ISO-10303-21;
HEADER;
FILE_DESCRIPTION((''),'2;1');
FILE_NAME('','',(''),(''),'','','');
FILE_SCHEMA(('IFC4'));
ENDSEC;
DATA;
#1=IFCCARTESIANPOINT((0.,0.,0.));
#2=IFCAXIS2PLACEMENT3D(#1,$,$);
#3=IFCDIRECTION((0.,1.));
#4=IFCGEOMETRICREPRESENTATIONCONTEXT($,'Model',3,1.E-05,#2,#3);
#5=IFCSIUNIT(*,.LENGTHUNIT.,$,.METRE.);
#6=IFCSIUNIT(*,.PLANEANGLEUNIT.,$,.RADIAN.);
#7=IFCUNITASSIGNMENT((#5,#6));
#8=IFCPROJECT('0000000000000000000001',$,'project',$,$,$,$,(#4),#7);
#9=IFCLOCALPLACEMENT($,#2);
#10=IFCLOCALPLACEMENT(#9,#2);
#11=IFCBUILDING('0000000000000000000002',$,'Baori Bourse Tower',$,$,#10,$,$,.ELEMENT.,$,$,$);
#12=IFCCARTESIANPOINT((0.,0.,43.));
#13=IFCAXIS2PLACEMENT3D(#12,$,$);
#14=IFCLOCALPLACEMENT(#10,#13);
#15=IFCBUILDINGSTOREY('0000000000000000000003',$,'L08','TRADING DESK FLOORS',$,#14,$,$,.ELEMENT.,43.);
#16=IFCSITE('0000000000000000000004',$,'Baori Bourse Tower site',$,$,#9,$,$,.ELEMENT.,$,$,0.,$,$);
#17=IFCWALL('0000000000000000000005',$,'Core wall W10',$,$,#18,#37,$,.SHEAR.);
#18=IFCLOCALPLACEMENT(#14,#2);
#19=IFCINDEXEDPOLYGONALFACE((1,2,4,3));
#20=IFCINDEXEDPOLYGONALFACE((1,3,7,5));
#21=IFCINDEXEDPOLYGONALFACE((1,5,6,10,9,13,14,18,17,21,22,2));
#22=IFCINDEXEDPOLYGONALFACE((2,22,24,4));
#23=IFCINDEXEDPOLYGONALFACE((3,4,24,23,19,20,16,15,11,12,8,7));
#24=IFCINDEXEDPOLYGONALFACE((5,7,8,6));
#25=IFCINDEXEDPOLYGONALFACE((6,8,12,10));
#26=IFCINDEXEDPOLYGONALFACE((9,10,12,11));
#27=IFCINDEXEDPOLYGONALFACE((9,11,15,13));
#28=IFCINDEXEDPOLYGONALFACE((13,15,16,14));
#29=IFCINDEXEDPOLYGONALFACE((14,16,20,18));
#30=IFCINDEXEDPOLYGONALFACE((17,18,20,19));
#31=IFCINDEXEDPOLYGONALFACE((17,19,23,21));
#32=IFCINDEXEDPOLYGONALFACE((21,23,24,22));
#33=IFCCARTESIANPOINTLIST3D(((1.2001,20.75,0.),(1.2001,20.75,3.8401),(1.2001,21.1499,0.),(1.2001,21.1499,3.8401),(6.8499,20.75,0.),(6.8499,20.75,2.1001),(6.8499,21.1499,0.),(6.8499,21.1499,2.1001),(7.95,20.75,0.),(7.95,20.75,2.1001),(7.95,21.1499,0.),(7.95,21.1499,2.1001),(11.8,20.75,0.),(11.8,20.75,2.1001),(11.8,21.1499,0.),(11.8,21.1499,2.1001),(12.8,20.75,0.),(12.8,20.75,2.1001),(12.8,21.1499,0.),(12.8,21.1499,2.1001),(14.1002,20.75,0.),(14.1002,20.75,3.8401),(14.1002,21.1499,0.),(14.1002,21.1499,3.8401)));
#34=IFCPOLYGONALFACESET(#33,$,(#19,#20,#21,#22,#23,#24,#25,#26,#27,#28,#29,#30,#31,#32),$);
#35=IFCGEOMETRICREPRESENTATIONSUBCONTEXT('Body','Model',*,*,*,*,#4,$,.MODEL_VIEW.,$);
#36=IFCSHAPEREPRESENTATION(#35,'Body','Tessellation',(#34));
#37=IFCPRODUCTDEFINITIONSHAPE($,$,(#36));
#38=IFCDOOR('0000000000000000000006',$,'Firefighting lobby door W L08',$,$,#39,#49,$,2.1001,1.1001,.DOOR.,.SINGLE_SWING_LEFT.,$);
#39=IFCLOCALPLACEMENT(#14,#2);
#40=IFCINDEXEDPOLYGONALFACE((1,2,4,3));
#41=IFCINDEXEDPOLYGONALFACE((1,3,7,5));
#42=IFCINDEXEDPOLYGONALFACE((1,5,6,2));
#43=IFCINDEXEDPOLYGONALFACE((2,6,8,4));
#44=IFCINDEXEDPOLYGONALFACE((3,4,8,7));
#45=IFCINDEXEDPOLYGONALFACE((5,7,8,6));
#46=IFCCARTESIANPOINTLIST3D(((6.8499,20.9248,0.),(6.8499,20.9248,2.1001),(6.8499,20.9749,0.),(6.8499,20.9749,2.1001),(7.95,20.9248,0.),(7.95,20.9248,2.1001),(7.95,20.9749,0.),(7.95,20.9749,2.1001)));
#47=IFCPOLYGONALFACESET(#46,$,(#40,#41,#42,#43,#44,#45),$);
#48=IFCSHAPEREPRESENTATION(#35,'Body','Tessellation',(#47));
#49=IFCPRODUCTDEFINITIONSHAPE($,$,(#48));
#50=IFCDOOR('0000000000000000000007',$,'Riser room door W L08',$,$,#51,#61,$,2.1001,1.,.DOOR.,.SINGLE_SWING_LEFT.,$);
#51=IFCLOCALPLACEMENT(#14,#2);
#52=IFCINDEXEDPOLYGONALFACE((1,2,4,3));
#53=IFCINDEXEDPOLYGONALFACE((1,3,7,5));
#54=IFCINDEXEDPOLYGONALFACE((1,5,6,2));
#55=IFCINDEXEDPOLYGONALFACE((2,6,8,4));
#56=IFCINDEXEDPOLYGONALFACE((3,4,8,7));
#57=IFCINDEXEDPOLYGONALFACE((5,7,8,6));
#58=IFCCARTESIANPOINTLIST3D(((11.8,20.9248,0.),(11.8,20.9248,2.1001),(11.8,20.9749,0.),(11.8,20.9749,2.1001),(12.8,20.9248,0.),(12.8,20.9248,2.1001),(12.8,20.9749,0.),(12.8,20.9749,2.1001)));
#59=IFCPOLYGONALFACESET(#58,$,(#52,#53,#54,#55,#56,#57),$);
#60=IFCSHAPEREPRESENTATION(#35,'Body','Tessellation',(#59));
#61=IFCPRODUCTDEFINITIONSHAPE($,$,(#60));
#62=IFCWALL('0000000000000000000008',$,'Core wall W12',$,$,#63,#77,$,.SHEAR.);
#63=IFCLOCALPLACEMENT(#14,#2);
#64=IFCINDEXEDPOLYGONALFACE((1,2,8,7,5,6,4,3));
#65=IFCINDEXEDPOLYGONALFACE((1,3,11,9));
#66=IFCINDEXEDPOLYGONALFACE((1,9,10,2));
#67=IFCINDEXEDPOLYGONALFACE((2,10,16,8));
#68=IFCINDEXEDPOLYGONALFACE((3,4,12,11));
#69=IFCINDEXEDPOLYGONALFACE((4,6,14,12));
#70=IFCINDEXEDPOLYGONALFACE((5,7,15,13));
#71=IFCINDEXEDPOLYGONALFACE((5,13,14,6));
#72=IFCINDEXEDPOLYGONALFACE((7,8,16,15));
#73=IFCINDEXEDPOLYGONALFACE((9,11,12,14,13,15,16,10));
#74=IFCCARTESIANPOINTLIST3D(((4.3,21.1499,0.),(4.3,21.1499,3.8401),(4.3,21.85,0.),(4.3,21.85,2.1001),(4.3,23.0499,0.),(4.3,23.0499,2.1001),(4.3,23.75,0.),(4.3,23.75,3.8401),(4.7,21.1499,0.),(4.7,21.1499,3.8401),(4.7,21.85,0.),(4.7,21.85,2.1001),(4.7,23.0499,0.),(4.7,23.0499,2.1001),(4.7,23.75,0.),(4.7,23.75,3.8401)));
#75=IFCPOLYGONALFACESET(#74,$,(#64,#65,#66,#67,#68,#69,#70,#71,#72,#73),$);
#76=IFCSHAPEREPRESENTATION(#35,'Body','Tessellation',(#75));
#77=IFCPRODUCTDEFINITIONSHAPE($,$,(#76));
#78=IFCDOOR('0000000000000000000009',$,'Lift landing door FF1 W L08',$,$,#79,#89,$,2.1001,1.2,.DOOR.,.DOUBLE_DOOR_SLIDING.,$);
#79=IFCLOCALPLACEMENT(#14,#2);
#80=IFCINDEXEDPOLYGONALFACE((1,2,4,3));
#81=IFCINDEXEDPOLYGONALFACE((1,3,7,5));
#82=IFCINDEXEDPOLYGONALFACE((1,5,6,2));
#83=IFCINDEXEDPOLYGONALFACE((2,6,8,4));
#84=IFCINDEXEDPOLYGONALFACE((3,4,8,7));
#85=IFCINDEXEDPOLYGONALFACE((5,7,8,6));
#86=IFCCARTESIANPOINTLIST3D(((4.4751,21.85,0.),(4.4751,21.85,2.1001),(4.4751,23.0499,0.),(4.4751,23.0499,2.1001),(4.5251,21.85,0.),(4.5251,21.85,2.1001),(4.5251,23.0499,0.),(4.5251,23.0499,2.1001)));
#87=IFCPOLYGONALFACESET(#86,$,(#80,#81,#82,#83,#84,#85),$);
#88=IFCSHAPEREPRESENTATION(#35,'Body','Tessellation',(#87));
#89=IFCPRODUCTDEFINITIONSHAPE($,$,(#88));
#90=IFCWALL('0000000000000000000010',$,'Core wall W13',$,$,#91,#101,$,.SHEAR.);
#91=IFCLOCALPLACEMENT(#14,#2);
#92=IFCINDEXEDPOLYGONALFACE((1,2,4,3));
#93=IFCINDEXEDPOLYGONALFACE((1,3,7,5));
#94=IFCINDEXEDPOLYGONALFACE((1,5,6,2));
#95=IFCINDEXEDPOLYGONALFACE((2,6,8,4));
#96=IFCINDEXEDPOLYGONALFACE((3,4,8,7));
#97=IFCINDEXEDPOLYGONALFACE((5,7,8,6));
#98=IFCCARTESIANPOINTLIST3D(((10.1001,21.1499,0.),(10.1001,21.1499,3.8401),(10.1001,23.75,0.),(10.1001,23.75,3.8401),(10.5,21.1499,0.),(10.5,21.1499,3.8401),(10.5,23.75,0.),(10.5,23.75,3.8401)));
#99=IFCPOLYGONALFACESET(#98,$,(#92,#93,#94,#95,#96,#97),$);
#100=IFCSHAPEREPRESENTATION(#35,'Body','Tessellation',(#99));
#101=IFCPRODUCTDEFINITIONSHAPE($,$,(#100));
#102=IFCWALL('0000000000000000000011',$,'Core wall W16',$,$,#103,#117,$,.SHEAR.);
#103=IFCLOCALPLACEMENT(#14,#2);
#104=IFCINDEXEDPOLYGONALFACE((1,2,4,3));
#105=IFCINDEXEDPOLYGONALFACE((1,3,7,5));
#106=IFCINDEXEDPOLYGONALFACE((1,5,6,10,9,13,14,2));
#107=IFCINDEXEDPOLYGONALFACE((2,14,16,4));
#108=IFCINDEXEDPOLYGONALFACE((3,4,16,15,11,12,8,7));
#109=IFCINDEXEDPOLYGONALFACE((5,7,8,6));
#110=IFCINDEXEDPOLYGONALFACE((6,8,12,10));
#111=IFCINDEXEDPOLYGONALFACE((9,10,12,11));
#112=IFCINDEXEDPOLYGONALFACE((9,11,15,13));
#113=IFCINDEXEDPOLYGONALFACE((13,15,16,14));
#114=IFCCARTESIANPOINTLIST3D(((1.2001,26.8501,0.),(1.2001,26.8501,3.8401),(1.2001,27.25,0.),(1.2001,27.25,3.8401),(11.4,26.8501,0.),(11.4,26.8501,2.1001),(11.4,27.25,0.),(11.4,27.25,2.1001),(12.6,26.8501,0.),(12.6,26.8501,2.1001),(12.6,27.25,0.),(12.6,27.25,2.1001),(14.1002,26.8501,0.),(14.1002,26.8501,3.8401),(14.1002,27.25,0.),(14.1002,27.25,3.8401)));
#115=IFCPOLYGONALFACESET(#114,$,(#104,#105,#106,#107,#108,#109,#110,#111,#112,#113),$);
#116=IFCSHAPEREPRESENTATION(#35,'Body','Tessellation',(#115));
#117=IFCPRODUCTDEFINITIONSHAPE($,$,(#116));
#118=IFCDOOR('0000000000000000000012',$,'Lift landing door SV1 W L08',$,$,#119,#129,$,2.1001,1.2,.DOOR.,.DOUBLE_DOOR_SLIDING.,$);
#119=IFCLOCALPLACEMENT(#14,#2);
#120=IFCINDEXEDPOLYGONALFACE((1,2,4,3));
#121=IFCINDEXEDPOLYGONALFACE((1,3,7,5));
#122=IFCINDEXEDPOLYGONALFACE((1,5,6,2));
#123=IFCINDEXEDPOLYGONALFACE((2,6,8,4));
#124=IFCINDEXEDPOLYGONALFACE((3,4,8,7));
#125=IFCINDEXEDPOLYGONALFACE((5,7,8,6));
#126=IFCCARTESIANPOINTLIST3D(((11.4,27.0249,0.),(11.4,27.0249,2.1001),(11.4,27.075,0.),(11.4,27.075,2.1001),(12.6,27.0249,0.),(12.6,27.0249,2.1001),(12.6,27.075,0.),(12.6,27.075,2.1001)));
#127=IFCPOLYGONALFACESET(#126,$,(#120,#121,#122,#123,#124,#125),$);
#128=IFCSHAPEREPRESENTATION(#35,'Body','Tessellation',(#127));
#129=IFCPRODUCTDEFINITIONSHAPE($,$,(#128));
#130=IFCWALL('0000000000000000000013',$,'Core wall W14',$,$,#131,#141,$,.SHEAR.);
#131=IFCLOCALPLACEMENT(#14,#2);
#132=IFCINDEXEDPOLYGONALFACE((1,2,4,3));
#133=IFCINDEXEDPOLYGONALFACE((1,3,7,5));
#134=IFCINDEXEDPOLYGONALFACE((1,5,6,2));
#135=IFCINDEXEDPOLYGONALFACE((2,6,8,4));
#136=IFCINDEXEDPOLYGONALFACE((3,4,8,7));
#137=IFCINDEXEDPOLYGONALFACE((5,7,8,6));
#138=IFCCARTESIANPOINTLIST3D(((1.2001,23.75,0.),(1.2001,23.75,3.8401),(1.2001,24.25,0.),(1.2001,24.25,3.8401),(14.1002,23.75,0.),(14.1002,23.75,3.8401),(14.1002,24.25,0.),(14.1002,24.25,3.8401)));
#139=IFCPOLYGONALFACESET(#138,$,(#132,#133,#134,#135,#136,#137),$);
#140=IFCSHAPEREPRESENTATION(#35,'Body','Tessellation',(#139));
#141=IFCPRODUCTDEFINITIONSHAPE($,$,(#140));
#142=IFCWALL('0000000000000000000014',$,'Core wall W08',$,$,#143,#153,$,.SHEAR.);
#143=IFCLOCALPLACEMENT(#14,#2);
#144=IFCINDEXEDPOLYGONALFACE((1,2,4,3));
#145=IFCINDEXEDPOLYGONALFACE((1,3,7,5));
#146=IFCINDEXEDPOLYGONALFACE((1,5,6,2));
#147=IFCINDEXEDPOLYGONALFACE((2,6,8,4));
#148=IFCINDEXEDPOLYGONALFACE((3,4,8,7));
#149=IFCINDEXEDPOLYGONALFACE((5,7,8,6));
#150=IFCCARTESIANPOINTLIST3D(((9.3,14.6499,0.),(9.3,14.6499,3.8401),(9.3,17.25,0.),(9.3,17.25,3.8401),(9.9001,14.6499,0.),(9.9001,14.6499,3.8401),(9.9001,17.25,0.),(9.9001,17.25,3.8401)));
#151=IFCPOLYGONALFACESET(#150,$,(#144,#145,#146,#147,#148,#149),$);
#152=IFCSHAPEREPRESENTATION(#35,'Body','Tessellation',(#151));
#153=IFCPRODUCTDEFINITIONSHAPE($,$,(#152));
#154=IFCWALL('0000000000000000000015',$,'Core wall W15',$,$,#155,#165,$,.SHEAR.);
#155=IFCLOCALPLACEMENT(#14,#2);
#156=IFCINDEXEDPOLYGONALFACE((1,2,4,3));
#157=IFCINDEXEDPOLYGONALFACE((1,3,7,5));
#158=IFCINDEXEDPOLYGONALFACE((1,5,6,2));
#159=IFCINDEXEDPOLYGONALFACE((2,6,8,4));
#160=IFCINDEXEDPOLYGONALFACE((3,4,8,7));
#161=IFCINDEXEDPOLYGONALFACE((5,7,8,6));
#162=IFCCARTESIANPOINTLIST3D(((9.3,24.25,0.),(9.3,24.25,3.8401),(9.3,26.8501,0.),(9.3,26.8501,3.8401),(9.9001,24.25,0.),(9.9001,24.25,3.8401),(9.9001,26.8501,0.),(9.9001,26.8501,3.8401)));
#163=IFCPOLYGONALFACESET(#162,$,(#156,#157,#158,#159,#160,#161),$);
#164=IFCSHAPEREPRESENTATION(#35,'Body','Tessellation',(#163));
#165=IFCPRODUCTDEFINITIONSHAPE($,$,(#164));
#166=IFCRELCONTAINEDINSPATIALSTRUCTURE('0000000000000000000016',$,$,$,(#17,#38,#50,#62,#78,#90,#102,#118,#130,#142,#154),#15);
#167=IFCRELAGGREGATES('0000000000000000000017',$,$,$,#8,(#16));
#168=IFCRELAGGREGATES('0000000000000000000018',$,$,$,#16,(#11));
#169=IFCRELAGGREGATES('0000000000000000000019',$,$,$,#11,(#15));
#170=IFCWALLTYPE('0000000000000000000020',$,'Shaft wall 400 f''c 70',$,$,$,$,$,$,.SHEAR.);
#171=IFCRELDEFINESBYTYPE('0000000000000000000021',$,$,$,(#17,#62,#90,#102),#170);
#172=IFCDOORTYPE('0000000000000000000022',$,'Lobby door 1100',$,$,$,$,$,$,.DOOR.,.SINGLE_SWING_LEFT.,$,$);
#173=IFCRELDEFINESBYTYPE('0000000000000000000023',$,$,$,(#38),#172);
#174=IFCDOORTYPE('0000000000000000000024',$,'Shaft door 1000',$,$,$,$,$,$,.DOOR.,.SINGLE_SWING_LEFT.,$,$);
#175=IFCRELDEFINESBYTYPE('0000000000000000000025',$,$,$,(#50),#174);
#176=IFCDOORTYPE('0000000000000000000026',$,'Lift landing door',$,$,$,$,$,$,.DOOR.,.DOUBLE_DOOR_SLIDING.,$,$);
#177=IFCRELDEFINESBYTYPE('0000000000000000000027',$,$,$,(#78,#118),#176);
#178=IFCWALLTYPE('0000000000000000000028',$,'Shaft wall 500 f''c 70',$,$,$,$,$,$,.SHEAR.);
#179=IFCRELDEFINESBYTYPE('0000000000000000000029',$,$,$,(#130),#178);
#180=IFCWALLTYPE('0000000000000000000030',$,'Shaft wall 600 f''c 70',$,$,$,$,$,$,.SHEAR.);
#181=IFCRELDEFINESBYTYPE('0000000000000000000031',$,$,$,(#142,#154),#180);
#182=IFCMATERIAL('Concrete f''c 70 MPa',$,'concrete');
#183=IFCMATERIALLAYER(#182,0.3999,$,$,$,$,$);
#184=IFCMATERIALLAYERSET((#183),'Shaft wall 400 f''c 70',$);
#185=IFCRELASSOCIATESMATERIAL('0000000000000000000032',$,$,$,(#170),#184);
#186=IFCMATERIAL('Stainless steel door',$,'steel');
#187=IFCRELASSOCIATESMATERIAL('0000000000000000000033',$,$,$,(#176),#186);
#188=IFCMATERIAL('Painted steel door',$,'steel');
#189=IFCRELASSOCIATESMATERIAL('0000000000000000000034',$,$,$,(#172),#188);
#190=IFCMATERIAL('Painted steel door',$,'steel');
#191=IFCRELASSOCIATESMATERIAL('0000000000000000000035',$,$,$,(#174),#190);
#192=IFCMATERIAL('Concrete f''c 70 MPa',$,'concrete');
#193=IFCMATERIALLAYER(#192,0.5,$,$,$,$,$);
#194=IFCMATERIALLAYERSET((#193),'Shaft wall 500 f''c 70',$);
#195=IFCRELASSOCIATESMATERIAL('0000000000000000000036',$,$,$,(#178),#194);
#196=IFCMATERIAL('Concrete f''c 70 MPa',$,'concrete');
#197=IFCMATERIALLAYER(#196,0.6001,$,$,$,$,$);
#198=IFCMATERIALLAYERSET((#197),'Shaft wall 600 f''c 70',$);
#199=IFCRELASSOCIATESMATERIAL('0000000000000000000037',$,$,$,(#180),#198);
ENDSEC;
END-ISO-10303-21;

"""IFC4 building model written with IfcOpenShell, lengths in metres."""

from ifc_helpers import new_model, si_unit, direction, frame, frame_2d, origin, place, context, subcontext, project, spatial, rectangle, extrude, material, layer, layer_set, type_object, element, fill, save


model = new_model("IFC4")

# Units and contexts
model_context = context("Model", 3, precision=1e-05, world=origin(), true_north=direction((0.0, 1.0)))
body_context = subcontext(model_context, "Body", "Model", "MODEL_VIEW")
ifc_project = project(units=[si_unit("LENGTHUNIT", "METRE"), si_unit("PLANEANGLEUNIT", "RADIAN")], contexts=[model_context])

# Site, building, storey
site_placement = place(None, origin())
site = spatial("IfcSite", under=ifc_project, at=site_placement, Name="Baori Bourse Tower site", CompositionType="ELEMENT", RefElevation=0.0)
building_placement = place(site_placement, origin())
building = spatial("IfcBuilding", under=site, at=building_placement, Name="Baori Bourse Tower", CompositionType="ELEMENT")
storey_placement = place(building_placement, frame((0.0, 0.0, 43.0)))
storey = spatial("IfcBuildingStorey", under=building, at=storey_placement, Name="L08", Description="TRADING DESK FLOORS", CompositionType="ELEMENT", Elevation=43.0)

# Shared definitions
ifc_material_1 = material(Name="Concrete f'c 70 MPa", Category="concrete")
ifc_layer_1 = layer(ifc_material_1, 0.3999)
ifc_layer_set_1 = layer_set([ifc_layer_1], Name="Shaft wall 400 f'c 70")
wall_type_1 = type_object("IfcWallType", Name="Shaft wall 400 f'c 70", PredefinedType="SHEAR", material=ifc_layer_set_1)

# Wall, openings, doors
ifc_material_2 = material(Name="Stainless steel door", Category="steel")
door_type_1 = type_object("IfcDoorType", Name="Lift landing door", OperationType="DOUBLE_DOOR_SLIDING", PredefinedType="DOOR", material=ifc_material_2)
wall_1_placement = place(storey_placement, frame((1.2, 20.95, 0.0), z_axis=(0.0, 0.0, 1.0), x_axis=(1.0, 0.0, 0.0)))
wall_1 = element("IfcWall", 1, at=wall_1_placement, inside=storey, type_object=wall_type_1, Name="Core wall W10", PredefinedType="SHEAR", context=body_context, shape_type="SweptSolid", body=[
    extrude(rectangle(XDim=12.9001, YDim=0.3999, at=frame_2d((6.4502, 0.0))), origin(), (0.0, 0.0, 1.0), 3.8401),
])
opening_1_placement = place(wall_1_placement, frame((5.6499, 0.0, 0.0)))
opening_1 = element("IfcOpeningElement", 2, at=opening_1_placement, cuts=wall_1, PredefinedType="OPENING", context=body_context, shape_type="SweptSolid", body=[
    extrude(rectangle(XDim=1.1001, YDim=2.1001, at=frame_2d((0.55, 1.05))), frame((0.0, 0.21, 0.0), z_axis=(0.0, -1.0, 0.0), x_axis=(1.0, 0.0, 0.0)), (0.0, 0.0, 1.0), 0.4199),
])
opening_2_placement = place(wall_1_placement, frame((10.6001, 0.0, 0.0)))
opening_2 = element("IfcOpeningElement", 3, at=opening_2_placement, cuts=wall_1, PredefinedType="OPENING", context=body_context, shape_type="SweptSolid", body=[
    extrude(rectangle(XDim=1.0, YDim=2.1001, at=frame_2d((0.5, 1.05))), frame((0.0, 0.21, 0.0), z_axis=(0.0, -1.0, 0.0), x_axis=(1.0, 0.0, 0.0)), (0.0, 0.0, 1.0), 0.4199),
])
ifc_material_3 = material(Name="Painted steel door", Category="steel")
door_type_2 = type_object("IfcDoorType", Name="Lobby door 1100", OperationType="SINGLE_SWING_LEFT", PredefinedType="DOOR", material=ifc_material_3)
door_1_placement = place(opening_1_placement, origin())
door_1 = element("IfcDoor", 4, at=door_1_placement, inside=storey, type_object=door_type_2, Name="Firefighting lobby door W L08", OperationType="SINGLE_SWING_LEFT", OverallHeight=2.1001, OverallWidth=1.1001, PredefinedType="DOOR", context=body_context, shape_type="SweptSolid", body=[
    extrude(rectangle(XDim=1.1001, YDim=2.1001, at=frame_2d((0.55, 1.05))), frame((0.0, 0.0249, 0.0), z_axis=(0.0, -1.0, 0.0), x_axis=(1.0, 0.0, 0.0)), (0.0, 0.0, 1.0), 0.05),
])
fill(opening_1, door_1)
ifc_material_4 = material(Name="Painted steel door", Category="steel")
door_type_3 = type_object("IfcDoorType", Name="Shaft door 1000", OperationType="SINGLE_SWING_LEFT", PredefinedType="DOOR", material=ifc_material_4)
door_2_placement = place(opening_2_placement, origin())
door_2 = element("IfcDoor", 5, at=door_2_placement, inside=storey, type_object=door_type_3, Name="Riser room door W L08", OperationType="SINGLE_SWING_LEFT", OverallHeight=2.1001, OverallWidth=1.0, PredefinedType="DOOR", context=body_context, shape_type="SweptSolid", body=[
    extrude(rectangle(XDim=1.0, YDim=2.1001, at=frame_2d((0.5, 1.05))), frame((0.0, 0.0249, 0.0), z_axis=(0.0, -1.0, 0.0), x_axis=(1.0, 0.0, 0.0)), (0.0, 0.0, 1.0), 0.05),
])
fill(opening_2, door_2)

# Wall, opening, door
wall_2_placement = place(storey_placement, frame((4.5, 21.1499, 0.0), z_axis=(0.0, 0.0, 1.0), x_axis=(0.0, 1.0, 0.0)))
wall_2 = element("IfcWall", 6, at=wall_2_placement, inside=storey, type_object=wall_type_1, Name="Core wall W12", PredefinedType="SHEAR", context=body_context, shape_type="SweptSolid", body=[
    extrude(rectangle(XDim=2.6001, YDim=0.3999, at=frame_2d((1.3, 0.0))), origin(), (0.0, 0.0, 1.0), 3.8401),
])
opening_3_placement = place(wall_2_placement, frame((0.7, 0.0, 0.0)))
opening_3 = element("IfcOpeningElement", 7, at=opening_3_placement, cuts=wall_2, PredefinedType="OPENING", context=body_context, shape_type="SweptSolid", body=[
    extrude(rectangle(XDim=1.2, YDim=2.1001, at=frame_2d((0.6001, 1.05))), frame((0.0, 0.21, 0.0), z_axis=(0.0, -1.0, 0.0), x_axis=(1.0, 0.0, 0.0)), (0.0, 0.0, 1.0), 0.4199),
])
door_3_placement = place(opening_3_placement, origin())
door_3 = element("IfcDoor", 8, at=door_3_placement, inside=storey, type_object=door_type_1, Name="Lift landing door FF1 W L08", OperationType="DOUBLE_DOOR_SLIDING", OverallHeight=2.1001, OverallWidth=1.2, PredefinedType="DOOR", context=body_context, shape_type="SweptSolid", body=[
    extrude(rectangle(XDim=1.2, YDim=2.1001, at=frame_2d((0.6001, 1.05))), frame((0.0, 0.0249, 0.0), z_axis=(0.0, -1.0, 0.0), x_axis=(1.0, 0.0, 0.0)), (0.0, 0.0, 1.0), 0.05),
])
fill(opening_3, door_3)

# Wall
wall_3_placement = place(storey_placement, frame((10.3, 21.1499, 0.0), z_axis=(0.0, 0.0, 1.0), x_axis=(0.0, 1.0, 0.0)))
element("IfcWall", 9, at=wall_3_placement, inside=storey, type_object=wall_type_1, Name="Core wall W13", PredefinedType="SHEAR", context=body_context, shape_type="SweptSolid", body=[
    extrude(rectangle(XDim=2.6001, YDim=0.3999, at=frame_2d((1.3, 0.0))), origin(), (0.0, 0.0, 1.0), 3.8401),
])

# Wall, opening, door
wall_4_placement = place(storey_placement, frame((1.2, 27.05, 0.0), z_axis=(0.0, 0.0, 1.0), x_axis=(1.0, 0.0, 0.0)))
wall_4 = element("IfcWall", 10, at=wall_4_placement, inside=storey, type_object=wall_type_1, Name="Core wall W16", PredefinedType="SHEAR", context=body_context, shape_type="SweptSolid", body=[
    extrude(rectangle(XDim=12.9001, YDim=0.3999, at=frame_2d((6.4502, 0.0))), origin(), (0.0, 0.0, 1.0), 3.8401),
])
opening_4_placement = place(wall_4_placement, frame((10.2, 0.0, 0.0)))
opening_4 = element("IfcOpeningElement", 11, at=opening_4_placement, cuts=wall_4, PredefinedType="OPENING", context=body_context, shape_type="SweptSolid", body=[
    extrude(rectangle(XDim=1.2, YDim=2.1001, at=frame_2d((0.6001, 1.05))), frame((0.0, 0.21, 0.0), z_axis=(0.0, -1.0, 0.0), x_axis=(1.0, 0.0, 0.0)), (0.0, 0.0, 1.0), 0.4199),
])
door_4_placement = place(opening_4_placement, origin())
door_4 = element("IfcDoor", 12, at=door_4_placement, inside=storey, type_object=door_type_1, Name="Lift landing door SV1 W L08", OperationType="DOUBLE_DOOR_SLIDING", OverallHeight=2.1001, OverallWidth=1.2, PredefinedType="DOOR", context=body_context, shape_type="SweptSolid", body=[
    extrude(rectangle(XDim=1.2, YDim=2.1001, at=frame_2d((0.6001, 1.05))), frame((0.0, 0.0249, 0.0), z_axis=(0.0, -1.0, 0.0), x_axis=(1.0, 0.0, 0.0)), (0.0, 0.0, 1.0), 0.05),
])
fill(opening_4, door_4)

# Walls
ifc_material_5 = material(Name="Concrete f'c 70 MPa", Category="concrete")
ifc_layer_2 = layer(ifc_material_5, 0.5)
ifc_layer_set_2 = layer_set([ifc_layer_2], Name="Shaft wall 500 f'c 70")
wall_type_2 = type_object("IfcWallType", Name="Shaft wall 500 f'c 70", PredefinedType="SHEAR", material=ifc_layer_set_2)
wall_5_placement = place(storey_placement, frame((1.2, 24.0, 0.0), z_axis=(0.0, 0.0, 1.0), x_axis=(1.0, 0.0, 0.0)))
element("IfcWall", 13, at=wall_5_placement, inside=storey, type_object=wall_type_2, Name="Core wall W14", PredefinedType="SHEAR", context=body_context, shape_type="SweptSolid", body=[
    extrude(rectangle(XDim=12.9001, YDim=0.5, at=frame_2d((6.4502, 0.0))), origin(), (0.0, 0.0, 1.0), 3.8401),
])
ifc_material_6 = material(Name="Concrete f'c 70 MPa", Category="concrete")
ifc_layer_3 = layer(ifc_material_6, 0.6001)
ifc_layer_set_3 = layer_set([ifc_layer_3], Name="Shaft wall 600 f'c 70")
wall_type_3 = type_object("IfcWallType", Name="Shaft wall 600 f'c 70", PredefinedType="SHEAR", material=ifc_layer_set_3)
for number, where, z_axis, x_axis, name in (
    (14, (9.6001, 14.6499, 0.0), (0.0, 0.0, 1.0), (0.0, 1.0, 0.0), "Core wall W08"),
    (15, (9.6001, 24.25, 0.0), (0.0, 0.0, 1.0), (0.0, 1.0, 0.0), "Core wall W15"),
):
    element("IfcWall", number, at=place(storey_placement, frame(where, z_axis=z_axis, x_axis=x_axis)), inside=storey, type_object=wall_type_3, Name=name, PredefinedType="SHEAR", context=body_context, shape_type="SweptSolid", body=[
        extrude(rectangle(XDim=2.6001, YDim=0.6001, at=frame_2d((1.3, 0.0))), origin(), (0.0, 0.0, 1.0), 3.8401),
    ])

save(model, "model.ifc")
